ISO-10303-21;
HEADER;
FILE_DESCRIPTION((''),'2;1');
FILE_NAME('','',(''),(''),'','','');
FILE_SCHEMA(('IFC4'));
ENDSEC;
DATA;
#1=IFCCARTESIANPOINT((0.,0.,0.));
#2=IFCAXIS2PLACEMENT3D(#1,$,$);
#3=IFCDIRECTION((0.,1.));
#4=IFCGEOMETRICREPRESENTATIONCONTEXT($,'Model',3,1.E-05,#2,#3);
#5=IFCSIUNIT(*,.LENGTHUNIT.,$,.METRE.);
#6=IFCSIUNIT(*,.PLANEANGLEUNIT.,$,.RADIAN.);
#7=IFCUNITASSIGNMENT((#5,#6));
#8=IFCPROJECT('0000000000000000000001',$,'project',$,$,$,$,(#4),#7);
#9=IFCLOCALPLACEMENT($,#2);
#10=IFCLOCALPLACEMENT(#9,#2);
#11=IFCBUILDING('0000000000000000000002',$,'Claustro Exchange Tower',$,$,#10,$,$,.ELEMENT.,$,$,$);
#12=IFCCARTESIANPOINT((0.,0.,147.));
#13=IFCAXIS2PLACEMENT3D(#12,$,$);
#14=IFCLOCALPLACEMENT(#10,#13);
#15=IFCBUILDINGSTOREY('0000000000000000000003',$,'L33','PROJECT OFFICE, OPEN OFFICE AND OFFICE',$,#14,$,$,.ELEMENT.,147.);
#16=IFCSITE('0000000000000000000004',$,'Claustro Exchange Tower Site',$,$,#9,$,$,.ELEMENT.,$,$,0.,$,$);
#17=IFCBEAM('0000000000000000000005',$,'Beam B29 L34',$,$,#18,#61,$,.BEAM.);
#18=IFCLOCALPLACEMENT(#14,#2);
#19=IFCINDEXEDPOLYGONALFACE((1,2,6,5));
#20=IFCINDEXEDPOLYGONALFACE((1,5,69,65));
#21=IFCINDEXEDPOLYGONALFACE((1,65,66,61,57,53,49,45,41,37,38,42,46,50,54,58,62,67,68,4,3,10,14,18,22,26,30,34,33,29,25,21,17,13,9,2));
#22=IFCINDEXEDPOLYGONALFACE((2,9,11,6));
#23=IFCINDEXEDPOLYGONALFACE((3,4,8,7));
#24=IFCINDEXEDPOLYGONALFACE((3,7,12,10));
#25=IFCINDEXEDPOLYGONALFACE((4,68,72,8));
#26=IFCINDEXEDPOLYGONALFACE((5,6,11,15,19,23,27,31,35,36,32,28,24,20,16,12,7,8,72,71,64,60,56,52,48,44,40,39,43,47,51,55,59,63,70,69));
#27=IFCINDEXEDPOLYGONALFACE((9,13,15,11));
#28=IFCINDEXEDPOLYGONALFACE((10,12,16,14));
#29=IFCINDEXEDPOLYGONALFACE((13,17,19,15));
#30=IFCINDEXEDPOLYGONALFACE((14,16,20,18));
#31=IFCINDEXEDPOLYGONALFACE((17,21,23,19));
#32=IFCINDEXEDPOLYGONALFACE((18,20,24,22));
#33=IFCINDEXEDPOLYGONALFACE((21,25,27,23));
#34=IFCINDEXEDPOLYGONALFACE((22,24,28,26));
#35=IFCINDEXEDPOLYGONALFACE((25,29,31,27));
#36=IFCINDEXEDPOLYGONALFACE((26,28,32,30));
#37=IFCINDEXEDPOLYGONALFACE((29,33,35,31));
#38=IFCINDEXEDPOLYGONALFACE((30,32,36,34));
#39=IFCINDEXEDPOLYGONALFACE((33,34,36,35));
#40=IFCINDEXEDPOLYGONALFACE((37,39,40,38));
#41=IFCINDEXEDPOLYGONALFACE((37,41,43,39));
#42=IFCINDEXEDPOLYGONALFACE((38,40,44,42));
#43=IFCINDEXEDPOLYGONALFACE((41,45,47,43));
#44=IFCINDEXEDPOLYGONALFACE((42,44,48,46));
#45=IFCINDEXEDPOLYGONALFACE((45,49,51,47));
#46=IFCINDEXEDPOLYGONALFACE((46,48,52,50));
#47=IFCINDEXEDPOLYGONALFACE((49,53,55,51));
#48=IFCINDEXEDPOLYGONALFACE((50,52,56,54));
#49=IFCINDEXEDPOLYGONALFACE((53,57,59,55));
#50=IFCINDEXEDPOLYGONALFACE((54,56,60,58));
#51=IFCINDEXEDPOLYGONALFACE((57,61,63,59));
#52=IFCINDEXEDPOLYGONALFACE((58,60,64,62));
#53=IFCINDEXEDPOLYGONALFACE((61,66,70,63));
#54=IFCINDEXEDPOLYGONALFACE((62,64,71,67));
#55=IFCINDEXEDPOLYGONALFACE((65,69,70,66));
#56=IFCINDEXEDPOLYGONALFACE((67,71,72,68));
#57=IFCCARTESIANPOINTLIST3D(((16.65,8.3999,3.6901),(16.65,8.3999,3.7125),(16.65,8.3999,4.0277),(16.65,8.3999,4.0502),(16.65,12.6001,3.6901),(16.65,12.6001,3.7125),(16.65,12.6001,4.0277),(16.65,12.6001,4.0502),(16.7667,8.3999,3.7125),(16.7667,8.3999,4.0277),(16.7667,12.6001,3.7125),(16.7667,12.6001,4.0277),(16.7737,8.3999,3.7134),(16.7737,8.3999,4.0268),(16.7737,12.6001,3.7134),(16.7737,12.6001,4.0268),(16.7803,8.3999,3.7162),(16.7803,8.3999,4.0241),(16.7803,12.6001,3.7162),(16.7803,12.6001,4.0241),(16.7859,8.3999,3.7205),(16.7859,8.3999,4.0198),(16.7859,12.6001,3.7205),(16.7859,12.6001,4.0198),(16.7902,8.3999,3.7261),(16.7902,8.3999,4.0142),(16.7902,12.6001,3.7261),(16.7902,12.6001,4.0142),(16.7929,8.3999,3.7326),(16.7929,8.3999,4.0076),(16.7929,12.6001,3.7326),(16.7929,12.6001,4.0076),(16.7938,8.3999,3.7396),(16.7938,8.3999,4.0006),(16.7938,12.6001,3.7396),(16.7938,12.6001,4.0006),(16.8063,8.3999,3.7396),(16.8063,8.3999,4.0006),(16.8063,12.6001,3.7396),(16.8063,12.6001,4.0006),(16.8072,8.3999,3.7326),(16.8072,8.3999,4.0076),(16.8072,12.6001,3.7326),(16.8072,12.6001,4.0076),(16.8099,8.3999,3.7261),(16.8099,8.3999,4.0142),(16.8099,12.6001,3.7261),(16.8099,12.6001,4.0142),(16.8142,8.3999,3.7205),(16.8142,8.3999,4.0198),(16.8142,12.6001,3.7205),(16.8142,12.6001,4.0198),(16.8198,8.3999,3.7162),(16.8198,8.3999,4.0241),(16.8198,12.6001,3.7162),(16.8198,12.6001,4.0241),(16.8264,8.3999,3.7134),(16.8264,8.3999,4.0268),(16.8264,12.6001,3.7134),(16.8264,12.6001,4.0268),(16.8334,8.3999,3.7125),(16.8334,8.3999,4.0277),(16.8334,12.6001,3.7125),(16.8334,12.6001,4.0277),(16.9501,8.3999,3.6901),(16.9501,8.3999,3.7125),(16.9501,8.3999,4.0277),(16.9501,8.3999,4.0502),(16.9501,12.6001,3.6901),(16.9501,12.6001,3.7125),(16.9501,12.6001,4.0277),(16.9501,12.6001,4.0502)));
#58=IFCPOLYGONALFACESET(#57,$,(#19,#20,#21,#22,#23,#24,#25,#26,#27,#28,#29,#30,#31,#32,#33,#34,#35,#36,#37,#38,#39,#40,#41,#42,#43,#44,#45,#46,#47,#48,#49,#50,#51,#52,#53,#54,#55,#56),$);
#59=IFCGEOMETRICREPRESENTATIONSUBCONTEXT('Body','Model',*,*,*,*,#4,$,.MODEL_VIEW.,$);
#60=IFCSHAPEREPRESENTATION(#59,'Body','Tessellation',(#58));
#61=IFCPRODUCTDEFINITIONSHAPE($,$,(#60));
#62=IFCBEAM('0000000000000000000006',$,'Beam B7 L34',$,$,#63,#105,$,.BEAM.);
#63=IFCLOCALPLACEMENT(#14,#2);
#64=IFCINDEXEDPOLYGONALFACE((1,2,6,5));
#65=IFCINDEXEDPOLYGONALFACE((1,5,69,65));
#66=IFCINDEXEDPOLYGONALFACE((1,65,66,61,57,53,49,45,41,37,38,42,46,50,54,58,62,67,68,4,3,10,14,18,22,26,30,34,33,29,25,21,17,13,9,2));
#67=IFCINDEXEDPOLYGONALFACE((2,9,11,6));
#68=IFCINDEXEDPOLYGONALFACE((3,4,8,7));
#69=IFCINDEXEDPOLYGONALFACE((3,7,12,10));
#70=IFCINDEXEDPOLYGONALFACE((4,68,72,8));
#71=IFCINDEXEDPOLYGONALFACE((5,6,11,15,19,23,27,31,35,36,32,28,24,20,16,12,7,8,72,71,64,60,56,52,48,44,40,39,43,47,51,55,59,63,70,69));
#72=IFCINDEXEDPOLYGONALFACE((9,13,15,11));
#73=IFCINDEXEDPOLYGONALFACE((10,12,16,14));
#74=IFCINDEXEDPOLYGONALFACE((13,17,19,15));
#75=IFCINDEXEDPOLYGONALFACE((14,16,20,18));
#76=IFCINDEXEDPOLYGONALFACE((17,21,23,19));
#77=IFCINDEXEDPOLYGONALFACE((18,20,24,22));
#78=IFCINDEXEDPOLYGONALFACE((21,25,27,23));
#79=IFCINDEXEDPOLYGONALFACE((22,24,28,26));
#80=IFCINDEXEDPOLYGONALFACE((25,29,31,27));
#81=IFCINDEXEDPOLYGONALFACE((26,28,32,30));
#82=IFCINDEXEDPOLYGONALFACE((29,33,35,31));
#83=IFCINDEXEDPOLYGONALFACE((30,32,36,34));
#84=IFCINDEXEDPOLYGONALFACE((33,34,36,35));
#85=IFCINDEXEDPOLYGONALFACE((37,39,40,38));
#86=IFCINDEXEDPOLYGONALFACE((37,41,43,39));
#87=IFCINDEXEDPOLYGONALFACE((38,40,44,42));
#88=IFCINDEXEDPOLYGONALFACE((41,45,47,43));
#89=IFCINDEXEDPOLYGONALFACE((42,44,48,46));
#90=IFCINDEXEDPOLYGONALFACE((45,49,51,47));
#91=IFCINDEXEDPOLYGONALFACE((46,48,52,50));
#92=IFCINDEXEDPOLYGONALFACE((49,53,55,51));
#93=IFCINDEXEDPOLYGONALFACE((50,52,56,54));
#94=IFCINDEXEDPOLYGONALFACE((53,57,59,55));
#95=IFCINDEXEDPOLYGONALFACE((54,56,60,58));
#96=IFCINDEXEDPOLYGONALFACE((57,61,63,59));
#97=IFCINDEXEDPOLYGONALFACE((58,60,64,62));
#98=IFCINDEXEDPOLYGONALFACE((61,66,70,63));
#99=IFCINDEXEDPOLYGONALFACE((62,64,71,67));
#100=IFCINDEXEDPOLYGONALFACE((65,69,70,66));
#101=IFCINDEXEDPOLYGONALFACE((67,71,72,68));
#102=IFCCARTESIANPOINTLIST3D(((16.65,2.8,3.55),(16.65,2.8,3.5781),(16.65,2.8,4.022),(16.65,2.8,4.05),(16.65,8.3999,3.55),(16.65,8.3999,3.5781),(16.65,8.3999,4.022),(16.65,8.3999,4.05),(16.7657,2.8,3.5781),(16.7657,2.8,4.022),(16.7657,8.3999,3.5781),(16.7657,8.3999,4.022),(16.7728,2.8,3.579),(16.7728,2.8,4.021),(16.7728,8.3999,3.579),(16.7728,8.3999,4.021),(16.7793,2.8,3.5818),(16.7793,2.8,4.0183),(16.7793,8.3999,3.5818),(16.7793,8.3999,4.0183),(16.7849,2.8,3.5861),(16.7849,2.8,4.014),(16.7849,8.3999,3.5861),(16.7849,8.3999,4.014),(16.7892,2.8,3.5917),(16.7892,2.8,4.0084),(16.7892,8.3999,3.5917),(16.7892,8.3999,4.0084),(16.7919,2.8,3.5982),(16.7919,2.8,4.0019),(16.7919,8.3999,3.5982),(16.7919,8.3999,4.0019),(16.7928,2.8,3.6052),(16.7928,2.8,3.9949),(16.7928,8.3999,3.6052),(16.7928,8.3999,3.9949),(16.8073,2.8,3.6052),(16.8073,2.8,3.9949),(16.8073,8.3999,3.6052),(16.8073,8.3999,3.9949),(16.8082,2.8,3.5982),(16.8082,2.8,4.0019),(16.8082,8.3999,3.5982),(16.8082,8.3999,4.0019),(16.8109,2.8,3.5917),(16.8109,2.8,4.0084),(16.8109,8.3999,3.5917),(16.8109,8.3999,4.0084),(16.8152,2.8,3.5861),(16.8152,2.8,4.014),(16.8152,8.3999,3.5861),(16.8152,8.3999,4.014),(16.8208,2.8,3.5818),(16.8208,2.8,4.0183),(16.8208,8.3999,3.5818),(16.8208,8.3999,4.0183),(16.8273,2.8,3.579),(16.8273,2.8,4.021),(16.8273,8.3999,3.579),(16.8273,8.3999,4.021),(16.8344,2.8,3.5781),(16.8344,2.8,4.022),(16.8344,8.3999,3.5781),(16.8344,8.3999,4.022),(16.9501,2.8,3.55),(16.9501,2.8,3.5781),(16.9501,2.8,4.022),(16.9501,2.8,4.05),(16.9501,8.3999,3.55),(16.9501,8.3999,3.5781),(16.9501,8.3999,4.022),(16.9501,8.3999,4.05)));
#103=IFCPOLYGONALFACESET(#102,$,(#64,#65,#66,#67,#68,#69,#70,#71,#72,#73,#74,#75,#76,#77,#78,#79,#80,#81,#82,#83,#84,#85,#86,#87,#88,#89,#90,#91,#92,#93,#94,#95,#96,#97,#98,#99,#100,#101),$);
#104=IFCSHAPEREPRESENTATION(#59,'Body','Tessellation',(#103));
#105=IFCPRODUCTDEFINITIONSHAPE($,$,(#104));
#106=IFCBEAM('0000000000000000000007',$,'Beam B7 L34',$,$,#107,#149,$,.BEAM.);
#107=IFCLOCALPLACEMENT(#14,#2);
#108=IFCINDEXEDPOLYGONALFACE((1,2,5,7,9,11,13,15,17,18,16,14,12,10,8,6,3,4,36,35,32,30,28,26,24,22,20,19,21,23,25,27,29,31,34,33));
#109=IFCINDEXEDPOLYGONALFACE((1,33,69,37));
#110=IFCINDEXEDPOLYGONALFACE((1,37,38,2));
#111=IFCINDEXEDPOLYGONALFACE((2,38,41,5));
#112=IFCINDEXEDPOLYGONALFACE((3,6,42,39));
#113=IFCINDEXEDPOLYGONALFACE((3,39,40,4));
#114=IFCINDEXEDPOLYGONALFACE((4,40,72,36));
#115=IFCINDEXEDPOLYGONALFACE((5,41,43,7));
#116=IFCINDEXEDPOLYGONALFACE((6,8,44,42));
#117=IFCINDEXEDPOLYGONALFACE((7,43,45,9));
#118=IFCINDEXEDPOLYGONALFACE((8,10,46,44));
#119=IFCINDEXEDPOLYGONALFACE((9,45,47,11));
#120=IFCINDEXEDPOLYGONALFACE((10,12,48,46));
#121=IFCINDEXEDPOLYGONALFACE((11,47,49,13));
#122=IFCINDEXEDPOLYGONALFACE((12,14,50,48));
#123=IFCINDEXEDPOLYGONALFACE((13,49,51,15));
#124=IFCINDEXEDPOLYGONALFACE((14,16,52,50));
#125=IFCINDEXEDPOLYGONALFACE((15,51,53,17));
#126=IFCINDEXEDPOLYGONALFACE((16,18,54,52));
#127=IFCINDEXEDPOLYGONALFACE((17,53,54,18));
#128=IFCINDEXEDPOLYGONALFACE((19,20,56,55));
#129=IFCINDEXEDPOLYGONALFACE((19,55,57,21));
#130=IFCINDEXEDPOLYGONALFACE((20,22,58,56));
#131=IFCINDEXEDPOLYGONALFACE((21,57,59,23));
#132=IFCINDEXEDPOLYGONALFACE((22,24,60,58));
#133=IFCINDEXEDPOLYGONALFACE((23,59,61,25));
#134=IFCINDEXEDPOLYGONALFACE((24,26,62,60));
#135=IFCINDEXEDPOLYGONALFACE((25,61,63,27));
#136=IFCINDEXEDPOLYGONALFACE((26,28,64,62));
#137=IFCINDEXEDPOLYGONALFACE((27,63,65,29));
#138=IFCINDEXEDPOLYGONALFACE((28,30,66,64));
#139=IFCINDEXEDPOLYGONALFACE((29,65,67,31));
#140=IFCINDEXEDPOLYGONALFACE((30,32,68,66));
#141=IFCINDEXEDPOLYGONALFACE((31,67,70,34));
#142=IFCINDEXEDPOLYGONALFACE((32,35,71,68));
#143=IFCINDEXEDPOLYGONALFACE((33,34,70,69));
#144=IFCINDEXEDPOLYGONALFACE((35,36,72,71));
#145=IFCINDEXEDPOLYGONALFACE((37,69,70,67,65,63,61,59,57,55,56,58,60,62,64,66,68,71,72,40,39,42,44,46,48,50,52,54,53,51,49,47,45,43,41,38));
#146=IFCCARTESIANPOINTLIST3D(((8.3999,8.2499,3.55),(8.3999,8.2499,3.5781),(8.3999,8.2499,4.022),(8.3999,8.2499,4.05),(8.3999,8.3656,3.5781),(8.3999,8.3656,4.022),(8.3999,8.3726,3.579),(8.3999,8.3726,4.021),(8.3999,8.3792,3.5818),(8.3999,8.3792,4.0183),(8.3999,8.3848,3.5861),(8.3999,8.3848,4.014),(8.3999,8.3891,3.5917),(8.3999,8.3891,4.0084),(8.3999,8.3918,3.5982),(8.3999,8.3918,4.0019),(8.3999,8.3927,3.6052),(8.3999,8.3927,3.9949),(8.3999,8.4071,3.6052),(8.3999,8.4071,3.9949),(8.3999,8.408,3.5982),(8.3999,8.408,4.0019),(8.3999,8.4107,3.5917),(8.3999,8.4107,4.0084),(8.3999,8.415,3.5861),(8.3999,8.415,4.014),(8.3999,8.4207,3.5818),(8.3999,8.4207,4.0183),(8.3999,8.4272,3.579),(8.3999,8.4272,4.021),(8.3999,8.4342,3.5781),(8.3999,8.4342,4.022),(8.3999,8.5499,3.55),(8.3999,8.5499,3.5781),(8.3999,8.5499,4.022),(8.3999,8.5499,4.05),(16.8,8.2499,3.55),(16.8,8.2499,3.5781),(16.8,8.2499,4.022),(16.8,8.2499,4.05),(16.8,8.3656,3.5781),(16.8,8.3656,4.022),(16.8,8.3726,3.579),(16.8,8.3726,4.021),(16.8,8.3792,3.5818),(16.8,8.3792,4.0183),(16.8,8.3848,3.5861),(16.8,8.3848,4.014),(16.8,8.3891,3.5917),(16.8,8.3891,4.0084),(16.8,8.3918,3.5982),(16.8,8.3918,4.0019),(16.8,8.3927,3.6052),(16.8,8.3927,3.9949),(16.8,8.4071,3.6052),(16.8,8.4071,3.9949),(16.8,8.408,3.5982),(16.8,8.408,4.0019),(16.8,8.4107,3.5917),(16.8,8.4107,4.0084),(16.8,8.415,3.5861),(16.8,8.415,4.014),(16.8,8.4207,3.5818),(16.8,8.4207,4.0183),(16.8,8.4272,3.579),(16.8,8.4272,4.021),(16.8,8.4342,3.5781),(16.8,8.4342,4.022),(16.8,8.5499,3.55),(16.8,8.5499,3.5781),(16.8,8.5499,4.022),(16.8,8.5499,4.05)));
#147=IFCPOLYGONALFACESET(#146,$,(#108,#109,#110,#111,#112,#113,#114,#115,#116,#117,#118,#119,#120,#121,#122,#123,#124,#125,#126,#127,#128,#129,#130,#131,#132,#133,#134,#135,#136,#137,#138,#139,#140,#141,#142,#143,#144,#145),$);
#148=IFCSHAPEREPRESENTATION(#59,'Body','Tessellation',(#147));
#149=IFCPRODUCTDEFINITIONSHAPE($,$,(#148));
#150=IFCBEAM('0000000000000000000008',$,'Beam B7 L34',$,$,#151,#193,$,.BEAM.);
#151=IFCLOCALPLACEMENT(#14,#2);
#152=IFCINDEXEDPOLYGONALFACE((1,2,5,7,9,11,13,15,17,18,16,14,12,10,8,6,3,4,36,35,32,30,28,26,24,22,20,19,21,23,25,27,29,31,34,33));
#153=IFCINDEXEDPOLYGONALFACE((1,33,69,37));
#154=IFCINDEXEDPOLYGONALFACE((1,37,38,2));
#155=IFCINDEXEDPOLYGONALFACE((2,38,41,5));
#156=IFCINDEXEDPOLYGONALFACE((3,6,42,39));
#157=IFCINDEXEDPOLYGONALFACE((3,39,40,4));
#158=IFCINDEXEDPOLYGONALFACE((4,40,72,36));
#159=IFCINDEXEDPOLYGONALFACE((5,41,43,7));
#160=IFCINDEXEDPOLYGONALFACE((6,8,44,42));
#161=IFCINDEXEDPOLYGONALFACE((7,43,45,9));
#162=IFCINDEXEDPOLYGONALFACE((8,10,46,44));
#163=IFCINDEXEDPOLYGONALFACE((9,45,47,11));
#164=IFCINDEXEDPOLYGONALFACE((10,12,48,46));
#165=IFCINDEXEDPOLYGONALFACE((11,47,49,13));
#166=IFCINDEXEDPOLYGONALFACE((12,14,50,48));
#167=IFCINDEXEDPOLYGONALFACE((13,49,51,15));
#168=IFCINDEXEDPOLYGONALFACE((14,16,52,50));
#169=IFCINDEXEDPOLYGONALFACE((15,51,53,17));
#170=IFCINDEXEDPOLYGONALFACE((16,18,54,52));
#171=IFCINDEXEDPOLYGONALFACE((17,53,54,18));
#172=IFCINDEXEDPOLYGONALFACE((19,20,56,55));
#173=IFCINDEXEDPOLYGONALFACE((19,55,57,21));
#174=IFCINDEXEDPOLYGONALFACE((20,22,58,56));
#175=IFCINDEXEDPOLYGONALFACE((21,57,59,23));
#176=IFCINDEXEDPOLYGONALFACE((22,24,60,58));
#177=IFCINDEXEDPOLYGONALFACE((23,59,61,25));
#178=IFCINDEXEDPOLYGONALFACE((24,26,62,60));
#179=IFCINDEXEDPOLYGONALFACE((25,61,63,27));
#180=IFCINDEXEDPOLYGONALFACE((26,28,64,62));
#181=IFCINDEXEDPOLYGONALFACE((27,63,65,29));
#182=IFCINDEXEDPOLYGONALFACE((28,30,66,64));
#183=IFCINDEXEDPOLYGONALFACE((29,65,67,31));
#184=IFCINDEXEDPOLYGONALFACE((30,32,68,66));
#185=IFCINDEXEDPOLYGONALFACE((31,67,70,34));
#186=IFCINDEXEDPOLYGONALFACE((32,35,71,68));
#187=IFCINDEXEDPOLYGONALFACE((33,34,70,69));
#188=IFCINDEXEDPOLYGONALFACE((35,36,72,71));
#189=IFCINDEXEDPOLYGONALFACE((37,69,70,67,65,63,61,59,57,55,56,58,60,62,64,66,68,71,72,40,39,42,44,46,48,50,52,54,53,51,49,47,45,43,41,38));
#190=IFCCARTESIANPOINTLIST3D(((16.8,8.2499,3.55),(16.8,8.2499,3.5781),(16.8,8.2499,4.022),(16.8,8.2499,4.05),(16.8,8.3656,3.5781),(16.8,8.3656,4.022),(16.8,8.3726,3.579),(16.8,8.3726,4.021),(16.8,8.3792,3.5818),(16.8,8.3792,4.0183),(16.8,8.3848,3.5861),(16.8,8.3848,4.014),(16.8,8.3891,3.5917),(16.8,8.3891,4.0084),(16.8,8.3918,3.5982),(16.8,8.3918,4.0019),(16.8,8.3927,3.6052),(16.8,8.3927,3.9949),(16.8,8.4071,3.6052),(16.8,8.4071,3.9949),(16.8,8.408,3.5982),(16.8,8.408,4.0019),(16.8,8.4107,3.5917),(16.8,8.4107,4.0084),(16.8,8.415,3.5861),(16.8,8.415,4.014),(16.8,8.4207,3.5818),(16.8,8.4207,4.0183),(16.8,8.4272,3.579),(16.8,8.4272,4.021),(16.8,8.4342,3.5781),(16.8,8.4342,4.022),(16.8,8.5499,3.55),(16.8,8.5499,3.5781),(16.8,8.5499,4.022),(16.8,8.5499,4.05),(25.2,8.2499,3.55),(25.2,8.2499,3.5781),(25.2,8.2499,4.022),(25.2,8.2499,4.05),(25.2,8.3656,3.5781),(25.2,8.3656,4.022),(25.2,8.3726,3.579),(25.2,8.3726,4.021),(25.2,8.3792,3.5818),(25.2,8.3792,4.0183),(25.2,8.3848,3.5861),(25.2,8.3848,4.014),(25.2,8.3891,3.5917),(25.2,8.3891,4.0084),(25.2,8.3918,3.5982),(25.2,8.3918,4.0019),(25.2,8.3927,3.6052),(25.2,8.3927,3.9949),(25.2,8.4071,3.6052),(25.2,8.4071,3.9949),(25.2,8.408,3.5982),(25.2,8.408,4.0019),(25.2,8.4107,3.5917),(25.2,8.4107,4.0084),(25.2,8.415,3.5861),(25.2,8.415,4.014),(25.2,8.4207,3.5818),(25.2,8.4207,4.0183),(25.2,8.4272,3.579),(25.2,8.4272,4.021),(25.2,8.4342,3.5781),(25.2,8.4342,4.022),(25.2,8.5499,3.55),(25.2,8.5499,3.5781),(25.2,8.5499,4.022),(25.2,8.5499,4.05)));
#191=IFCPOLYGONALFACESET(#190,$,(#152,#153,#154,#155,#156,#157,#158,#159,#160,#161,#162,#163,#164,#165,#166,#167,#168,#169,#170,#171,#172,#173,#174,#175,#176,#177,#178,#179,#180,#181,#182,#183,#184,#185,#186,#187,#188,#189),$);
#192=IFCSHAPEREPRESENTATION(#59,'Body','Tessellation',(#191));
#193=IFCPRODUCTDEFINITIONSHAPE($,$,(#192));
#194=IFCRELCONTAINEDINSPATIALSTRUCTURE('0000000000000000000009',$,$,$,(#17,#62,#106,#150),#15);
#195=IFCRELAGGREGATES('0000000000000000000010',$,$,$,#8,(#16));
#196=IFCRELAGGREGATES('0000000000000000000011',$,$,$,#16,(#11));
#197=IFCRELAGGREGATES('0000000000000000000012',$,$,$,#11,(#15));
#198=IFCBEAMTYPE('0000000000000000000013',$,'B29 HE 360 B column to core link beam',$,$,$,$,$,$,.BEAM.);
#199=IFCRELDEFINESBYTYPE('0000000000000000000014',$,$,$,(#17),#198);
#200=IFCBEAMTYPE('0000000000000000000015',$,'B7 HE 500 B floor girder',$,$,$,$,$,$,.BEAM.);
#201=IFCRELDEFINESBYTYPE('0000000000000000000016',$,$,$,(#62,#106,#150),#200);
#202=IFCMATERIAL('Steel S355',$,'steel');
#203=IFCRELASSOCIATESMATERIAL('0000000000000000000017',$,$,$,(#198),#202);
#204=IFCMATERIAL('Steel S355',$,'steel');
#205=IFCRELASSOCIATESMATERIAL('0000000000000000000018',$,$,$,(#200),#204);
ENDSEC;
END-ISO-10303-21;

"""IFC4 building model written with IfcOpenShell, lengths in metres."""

from ifc_helpers import new_model, si_unit, direction, frame, origin, origin_2d, place, context, subcontext, project, spatial, i_section, extrude, material, material_profile, profile_set, type_object, element, save


model = new_model("IFC4")

# Units and contexts
model_context = context("Model", 3, precision=1e-05, world=origin(), true_north=direction((0.0, 1.0)))
body_context = subcontext(model_context, "Body", "Model", "MODEL_VIEW")
ifc_project = project(units=[si_unit("LENGTHUNIT", "METRE"), si_unit("PLANEANGLEUNIT", "RADIAN")], contexts=[model_context])

# Site, building, storey
site_placement = place(None, origin())
site = spatial("IfcSite", under=ifc_project, at=site_placement, Name="Claustro Exchange Tower Site", CompositionType="ELEMENT", RefElevation=0.0)
building_placement = place(site_placement, origin())
building = spatial("IfcBuilding", under=site, at=building_placement, Name="Claustro Exchange Tower", CompositionType="ELEMENT")
storey_placement = place(building_placement, frame((0.0, 0.0, 147.0)))
storey = spatial("IfcBuildingStorey", under=building, at=storey_placement, Name="L33", Description="PROJECT OFFICE, OPEN OFFICE AND OFFICE", CompositionType="ELEMENT", Elevation=147.0)

# Beams
ifc_material_1 = material(Name="Steel S355", Category="steel")
ifc_material_profile_1 = material_profile(ifc_material_1, i_section(OverallWidth=0.3, OverallDepth=0.3601, WebThickness=0.0125, FlangeThickness=0.0225, FilletRadius=0.0271, at=origin_2d()), Name="HE 360 B")
ifc_profile_set_1 = profile_set([ifc_material_profile_1], Name="Steel S355")
beam_type_1 = type_object("IfcBeamType", Name="B29 HE 360 B column to core link beam", PredefinedType="BEAM", material=ifc_profile_set_1)
for number, where, z_axis, x_axis, name in (
    (1, (16.8, 8.3999, 3.8701), (0.0, 1.0, 0.0), (-1.0, 0.0, 0.0), "Beam B29 L34"),
):
    element("IfcBeam", number, at=place(storey_placement, frame(where, z_axis=z_axis, x_axis=x_axis)), inside=storey, type_object=beam_type_1, Name=name, PredefinedType="BEAM", context=body_context, shape_type="SweptSolid", body=[
        extrude(i_section(OverallWidth=0.3, OverallDepth=0.3601, WebThickness=0.0125, FlangeThickness=0.0225, FilletRadius=0.0271, at=origin_2d()), origin(), (0.0, 0.0, 1.0), 4.2002),
    ])
ifc_material_2 = material(Name="Steel S355", Category="steel")
ifc_material_profile_2 = material_profile(ifc_material_2, i_section(OverallWidth=0.3, OverallDepth=0.5, WebThickness=0.0144, FlangeThickness=0.0281, FilletRadius=0.0271, at=origin_2d()), Name="HE 500 B")
ifc_profile_set_2 = profile_set([ifc_material_profile_2], Name="Steel S355")
beam_type_2 = type_object("IfcBeamType", Name="B7 HE 500 B floor girder", PredefinedType="BEAM", material=ifc_profile_set_2)
beam_1_placement = place(storey_placement, frame((16.8, 2.8, 3.8), z_axis=(0.0, 1.0, 0.0), x_axis=(-1.0, 0.0, 0.0)))
element("IfcBeam", 2, at=beam_1_placement, inside=storey, type_object=beam_type_2, Name="Beam B7 L34", PredefinedType="BEAM", context=body_context, shape_type="SweptSolid", body=[
    extrude(i_section(OverallWidth=0.3, OverallDepth=0.5, WebThickness=0.0144, FlangeThickness=0.0281, FilletRadius=0.0271, at=origin_2d()), origin(), (0.0, 0.0, 1.0), 5.5999),
])
beam_2_placement = place(storey_placement, frame((8.3999, 8.3999, 3.8), z_axis=(1.0, 0.0, 0.0), x_axis=(0.0, 1.0, 0.0)))
element("IfcBeam", 3, at=beam_2_placement, inside=storey, type_object=beam_type_2, Name="Beam B7 L34", PredefinedType="BEAM", context=body_context, shape_type="SweptSolid", body=[
    extrude(i_section(OverallWidth=0.3, OverallDepth=0.5, WebThickness=0.0144, FlangeThickness=0.0281, FilletRadius=0.0271, at=origin_2d()), origin(), (0.0, 0.0, 1.0), 8.4001),
])
beam_3_placement = place(storey_placement, frame((16.8, 8.3999, 3.8), z_axis=(1.0, 0.0, 0.0), x_axis=(0.0, 1.0, 0.0)))
element("IfcBeam", 4, at=beam_3_placement, inside=storey, type_object=beam_type_2, Name="Beam B7 L34", PredefinedType="BEAM", context=body_context, shape_type="SweptSolid", body=[
    extrude(i_section(OverallWidth=0.3, OverallDepth=0.5, WebThickness=0.0144, FlangeThickness=0.0281, FilletRadius=0.0271, at=origin_2d()), origin(), (0.0, 0.0, 1.0), 8.3999),
])

save(model, "model.ifc")
